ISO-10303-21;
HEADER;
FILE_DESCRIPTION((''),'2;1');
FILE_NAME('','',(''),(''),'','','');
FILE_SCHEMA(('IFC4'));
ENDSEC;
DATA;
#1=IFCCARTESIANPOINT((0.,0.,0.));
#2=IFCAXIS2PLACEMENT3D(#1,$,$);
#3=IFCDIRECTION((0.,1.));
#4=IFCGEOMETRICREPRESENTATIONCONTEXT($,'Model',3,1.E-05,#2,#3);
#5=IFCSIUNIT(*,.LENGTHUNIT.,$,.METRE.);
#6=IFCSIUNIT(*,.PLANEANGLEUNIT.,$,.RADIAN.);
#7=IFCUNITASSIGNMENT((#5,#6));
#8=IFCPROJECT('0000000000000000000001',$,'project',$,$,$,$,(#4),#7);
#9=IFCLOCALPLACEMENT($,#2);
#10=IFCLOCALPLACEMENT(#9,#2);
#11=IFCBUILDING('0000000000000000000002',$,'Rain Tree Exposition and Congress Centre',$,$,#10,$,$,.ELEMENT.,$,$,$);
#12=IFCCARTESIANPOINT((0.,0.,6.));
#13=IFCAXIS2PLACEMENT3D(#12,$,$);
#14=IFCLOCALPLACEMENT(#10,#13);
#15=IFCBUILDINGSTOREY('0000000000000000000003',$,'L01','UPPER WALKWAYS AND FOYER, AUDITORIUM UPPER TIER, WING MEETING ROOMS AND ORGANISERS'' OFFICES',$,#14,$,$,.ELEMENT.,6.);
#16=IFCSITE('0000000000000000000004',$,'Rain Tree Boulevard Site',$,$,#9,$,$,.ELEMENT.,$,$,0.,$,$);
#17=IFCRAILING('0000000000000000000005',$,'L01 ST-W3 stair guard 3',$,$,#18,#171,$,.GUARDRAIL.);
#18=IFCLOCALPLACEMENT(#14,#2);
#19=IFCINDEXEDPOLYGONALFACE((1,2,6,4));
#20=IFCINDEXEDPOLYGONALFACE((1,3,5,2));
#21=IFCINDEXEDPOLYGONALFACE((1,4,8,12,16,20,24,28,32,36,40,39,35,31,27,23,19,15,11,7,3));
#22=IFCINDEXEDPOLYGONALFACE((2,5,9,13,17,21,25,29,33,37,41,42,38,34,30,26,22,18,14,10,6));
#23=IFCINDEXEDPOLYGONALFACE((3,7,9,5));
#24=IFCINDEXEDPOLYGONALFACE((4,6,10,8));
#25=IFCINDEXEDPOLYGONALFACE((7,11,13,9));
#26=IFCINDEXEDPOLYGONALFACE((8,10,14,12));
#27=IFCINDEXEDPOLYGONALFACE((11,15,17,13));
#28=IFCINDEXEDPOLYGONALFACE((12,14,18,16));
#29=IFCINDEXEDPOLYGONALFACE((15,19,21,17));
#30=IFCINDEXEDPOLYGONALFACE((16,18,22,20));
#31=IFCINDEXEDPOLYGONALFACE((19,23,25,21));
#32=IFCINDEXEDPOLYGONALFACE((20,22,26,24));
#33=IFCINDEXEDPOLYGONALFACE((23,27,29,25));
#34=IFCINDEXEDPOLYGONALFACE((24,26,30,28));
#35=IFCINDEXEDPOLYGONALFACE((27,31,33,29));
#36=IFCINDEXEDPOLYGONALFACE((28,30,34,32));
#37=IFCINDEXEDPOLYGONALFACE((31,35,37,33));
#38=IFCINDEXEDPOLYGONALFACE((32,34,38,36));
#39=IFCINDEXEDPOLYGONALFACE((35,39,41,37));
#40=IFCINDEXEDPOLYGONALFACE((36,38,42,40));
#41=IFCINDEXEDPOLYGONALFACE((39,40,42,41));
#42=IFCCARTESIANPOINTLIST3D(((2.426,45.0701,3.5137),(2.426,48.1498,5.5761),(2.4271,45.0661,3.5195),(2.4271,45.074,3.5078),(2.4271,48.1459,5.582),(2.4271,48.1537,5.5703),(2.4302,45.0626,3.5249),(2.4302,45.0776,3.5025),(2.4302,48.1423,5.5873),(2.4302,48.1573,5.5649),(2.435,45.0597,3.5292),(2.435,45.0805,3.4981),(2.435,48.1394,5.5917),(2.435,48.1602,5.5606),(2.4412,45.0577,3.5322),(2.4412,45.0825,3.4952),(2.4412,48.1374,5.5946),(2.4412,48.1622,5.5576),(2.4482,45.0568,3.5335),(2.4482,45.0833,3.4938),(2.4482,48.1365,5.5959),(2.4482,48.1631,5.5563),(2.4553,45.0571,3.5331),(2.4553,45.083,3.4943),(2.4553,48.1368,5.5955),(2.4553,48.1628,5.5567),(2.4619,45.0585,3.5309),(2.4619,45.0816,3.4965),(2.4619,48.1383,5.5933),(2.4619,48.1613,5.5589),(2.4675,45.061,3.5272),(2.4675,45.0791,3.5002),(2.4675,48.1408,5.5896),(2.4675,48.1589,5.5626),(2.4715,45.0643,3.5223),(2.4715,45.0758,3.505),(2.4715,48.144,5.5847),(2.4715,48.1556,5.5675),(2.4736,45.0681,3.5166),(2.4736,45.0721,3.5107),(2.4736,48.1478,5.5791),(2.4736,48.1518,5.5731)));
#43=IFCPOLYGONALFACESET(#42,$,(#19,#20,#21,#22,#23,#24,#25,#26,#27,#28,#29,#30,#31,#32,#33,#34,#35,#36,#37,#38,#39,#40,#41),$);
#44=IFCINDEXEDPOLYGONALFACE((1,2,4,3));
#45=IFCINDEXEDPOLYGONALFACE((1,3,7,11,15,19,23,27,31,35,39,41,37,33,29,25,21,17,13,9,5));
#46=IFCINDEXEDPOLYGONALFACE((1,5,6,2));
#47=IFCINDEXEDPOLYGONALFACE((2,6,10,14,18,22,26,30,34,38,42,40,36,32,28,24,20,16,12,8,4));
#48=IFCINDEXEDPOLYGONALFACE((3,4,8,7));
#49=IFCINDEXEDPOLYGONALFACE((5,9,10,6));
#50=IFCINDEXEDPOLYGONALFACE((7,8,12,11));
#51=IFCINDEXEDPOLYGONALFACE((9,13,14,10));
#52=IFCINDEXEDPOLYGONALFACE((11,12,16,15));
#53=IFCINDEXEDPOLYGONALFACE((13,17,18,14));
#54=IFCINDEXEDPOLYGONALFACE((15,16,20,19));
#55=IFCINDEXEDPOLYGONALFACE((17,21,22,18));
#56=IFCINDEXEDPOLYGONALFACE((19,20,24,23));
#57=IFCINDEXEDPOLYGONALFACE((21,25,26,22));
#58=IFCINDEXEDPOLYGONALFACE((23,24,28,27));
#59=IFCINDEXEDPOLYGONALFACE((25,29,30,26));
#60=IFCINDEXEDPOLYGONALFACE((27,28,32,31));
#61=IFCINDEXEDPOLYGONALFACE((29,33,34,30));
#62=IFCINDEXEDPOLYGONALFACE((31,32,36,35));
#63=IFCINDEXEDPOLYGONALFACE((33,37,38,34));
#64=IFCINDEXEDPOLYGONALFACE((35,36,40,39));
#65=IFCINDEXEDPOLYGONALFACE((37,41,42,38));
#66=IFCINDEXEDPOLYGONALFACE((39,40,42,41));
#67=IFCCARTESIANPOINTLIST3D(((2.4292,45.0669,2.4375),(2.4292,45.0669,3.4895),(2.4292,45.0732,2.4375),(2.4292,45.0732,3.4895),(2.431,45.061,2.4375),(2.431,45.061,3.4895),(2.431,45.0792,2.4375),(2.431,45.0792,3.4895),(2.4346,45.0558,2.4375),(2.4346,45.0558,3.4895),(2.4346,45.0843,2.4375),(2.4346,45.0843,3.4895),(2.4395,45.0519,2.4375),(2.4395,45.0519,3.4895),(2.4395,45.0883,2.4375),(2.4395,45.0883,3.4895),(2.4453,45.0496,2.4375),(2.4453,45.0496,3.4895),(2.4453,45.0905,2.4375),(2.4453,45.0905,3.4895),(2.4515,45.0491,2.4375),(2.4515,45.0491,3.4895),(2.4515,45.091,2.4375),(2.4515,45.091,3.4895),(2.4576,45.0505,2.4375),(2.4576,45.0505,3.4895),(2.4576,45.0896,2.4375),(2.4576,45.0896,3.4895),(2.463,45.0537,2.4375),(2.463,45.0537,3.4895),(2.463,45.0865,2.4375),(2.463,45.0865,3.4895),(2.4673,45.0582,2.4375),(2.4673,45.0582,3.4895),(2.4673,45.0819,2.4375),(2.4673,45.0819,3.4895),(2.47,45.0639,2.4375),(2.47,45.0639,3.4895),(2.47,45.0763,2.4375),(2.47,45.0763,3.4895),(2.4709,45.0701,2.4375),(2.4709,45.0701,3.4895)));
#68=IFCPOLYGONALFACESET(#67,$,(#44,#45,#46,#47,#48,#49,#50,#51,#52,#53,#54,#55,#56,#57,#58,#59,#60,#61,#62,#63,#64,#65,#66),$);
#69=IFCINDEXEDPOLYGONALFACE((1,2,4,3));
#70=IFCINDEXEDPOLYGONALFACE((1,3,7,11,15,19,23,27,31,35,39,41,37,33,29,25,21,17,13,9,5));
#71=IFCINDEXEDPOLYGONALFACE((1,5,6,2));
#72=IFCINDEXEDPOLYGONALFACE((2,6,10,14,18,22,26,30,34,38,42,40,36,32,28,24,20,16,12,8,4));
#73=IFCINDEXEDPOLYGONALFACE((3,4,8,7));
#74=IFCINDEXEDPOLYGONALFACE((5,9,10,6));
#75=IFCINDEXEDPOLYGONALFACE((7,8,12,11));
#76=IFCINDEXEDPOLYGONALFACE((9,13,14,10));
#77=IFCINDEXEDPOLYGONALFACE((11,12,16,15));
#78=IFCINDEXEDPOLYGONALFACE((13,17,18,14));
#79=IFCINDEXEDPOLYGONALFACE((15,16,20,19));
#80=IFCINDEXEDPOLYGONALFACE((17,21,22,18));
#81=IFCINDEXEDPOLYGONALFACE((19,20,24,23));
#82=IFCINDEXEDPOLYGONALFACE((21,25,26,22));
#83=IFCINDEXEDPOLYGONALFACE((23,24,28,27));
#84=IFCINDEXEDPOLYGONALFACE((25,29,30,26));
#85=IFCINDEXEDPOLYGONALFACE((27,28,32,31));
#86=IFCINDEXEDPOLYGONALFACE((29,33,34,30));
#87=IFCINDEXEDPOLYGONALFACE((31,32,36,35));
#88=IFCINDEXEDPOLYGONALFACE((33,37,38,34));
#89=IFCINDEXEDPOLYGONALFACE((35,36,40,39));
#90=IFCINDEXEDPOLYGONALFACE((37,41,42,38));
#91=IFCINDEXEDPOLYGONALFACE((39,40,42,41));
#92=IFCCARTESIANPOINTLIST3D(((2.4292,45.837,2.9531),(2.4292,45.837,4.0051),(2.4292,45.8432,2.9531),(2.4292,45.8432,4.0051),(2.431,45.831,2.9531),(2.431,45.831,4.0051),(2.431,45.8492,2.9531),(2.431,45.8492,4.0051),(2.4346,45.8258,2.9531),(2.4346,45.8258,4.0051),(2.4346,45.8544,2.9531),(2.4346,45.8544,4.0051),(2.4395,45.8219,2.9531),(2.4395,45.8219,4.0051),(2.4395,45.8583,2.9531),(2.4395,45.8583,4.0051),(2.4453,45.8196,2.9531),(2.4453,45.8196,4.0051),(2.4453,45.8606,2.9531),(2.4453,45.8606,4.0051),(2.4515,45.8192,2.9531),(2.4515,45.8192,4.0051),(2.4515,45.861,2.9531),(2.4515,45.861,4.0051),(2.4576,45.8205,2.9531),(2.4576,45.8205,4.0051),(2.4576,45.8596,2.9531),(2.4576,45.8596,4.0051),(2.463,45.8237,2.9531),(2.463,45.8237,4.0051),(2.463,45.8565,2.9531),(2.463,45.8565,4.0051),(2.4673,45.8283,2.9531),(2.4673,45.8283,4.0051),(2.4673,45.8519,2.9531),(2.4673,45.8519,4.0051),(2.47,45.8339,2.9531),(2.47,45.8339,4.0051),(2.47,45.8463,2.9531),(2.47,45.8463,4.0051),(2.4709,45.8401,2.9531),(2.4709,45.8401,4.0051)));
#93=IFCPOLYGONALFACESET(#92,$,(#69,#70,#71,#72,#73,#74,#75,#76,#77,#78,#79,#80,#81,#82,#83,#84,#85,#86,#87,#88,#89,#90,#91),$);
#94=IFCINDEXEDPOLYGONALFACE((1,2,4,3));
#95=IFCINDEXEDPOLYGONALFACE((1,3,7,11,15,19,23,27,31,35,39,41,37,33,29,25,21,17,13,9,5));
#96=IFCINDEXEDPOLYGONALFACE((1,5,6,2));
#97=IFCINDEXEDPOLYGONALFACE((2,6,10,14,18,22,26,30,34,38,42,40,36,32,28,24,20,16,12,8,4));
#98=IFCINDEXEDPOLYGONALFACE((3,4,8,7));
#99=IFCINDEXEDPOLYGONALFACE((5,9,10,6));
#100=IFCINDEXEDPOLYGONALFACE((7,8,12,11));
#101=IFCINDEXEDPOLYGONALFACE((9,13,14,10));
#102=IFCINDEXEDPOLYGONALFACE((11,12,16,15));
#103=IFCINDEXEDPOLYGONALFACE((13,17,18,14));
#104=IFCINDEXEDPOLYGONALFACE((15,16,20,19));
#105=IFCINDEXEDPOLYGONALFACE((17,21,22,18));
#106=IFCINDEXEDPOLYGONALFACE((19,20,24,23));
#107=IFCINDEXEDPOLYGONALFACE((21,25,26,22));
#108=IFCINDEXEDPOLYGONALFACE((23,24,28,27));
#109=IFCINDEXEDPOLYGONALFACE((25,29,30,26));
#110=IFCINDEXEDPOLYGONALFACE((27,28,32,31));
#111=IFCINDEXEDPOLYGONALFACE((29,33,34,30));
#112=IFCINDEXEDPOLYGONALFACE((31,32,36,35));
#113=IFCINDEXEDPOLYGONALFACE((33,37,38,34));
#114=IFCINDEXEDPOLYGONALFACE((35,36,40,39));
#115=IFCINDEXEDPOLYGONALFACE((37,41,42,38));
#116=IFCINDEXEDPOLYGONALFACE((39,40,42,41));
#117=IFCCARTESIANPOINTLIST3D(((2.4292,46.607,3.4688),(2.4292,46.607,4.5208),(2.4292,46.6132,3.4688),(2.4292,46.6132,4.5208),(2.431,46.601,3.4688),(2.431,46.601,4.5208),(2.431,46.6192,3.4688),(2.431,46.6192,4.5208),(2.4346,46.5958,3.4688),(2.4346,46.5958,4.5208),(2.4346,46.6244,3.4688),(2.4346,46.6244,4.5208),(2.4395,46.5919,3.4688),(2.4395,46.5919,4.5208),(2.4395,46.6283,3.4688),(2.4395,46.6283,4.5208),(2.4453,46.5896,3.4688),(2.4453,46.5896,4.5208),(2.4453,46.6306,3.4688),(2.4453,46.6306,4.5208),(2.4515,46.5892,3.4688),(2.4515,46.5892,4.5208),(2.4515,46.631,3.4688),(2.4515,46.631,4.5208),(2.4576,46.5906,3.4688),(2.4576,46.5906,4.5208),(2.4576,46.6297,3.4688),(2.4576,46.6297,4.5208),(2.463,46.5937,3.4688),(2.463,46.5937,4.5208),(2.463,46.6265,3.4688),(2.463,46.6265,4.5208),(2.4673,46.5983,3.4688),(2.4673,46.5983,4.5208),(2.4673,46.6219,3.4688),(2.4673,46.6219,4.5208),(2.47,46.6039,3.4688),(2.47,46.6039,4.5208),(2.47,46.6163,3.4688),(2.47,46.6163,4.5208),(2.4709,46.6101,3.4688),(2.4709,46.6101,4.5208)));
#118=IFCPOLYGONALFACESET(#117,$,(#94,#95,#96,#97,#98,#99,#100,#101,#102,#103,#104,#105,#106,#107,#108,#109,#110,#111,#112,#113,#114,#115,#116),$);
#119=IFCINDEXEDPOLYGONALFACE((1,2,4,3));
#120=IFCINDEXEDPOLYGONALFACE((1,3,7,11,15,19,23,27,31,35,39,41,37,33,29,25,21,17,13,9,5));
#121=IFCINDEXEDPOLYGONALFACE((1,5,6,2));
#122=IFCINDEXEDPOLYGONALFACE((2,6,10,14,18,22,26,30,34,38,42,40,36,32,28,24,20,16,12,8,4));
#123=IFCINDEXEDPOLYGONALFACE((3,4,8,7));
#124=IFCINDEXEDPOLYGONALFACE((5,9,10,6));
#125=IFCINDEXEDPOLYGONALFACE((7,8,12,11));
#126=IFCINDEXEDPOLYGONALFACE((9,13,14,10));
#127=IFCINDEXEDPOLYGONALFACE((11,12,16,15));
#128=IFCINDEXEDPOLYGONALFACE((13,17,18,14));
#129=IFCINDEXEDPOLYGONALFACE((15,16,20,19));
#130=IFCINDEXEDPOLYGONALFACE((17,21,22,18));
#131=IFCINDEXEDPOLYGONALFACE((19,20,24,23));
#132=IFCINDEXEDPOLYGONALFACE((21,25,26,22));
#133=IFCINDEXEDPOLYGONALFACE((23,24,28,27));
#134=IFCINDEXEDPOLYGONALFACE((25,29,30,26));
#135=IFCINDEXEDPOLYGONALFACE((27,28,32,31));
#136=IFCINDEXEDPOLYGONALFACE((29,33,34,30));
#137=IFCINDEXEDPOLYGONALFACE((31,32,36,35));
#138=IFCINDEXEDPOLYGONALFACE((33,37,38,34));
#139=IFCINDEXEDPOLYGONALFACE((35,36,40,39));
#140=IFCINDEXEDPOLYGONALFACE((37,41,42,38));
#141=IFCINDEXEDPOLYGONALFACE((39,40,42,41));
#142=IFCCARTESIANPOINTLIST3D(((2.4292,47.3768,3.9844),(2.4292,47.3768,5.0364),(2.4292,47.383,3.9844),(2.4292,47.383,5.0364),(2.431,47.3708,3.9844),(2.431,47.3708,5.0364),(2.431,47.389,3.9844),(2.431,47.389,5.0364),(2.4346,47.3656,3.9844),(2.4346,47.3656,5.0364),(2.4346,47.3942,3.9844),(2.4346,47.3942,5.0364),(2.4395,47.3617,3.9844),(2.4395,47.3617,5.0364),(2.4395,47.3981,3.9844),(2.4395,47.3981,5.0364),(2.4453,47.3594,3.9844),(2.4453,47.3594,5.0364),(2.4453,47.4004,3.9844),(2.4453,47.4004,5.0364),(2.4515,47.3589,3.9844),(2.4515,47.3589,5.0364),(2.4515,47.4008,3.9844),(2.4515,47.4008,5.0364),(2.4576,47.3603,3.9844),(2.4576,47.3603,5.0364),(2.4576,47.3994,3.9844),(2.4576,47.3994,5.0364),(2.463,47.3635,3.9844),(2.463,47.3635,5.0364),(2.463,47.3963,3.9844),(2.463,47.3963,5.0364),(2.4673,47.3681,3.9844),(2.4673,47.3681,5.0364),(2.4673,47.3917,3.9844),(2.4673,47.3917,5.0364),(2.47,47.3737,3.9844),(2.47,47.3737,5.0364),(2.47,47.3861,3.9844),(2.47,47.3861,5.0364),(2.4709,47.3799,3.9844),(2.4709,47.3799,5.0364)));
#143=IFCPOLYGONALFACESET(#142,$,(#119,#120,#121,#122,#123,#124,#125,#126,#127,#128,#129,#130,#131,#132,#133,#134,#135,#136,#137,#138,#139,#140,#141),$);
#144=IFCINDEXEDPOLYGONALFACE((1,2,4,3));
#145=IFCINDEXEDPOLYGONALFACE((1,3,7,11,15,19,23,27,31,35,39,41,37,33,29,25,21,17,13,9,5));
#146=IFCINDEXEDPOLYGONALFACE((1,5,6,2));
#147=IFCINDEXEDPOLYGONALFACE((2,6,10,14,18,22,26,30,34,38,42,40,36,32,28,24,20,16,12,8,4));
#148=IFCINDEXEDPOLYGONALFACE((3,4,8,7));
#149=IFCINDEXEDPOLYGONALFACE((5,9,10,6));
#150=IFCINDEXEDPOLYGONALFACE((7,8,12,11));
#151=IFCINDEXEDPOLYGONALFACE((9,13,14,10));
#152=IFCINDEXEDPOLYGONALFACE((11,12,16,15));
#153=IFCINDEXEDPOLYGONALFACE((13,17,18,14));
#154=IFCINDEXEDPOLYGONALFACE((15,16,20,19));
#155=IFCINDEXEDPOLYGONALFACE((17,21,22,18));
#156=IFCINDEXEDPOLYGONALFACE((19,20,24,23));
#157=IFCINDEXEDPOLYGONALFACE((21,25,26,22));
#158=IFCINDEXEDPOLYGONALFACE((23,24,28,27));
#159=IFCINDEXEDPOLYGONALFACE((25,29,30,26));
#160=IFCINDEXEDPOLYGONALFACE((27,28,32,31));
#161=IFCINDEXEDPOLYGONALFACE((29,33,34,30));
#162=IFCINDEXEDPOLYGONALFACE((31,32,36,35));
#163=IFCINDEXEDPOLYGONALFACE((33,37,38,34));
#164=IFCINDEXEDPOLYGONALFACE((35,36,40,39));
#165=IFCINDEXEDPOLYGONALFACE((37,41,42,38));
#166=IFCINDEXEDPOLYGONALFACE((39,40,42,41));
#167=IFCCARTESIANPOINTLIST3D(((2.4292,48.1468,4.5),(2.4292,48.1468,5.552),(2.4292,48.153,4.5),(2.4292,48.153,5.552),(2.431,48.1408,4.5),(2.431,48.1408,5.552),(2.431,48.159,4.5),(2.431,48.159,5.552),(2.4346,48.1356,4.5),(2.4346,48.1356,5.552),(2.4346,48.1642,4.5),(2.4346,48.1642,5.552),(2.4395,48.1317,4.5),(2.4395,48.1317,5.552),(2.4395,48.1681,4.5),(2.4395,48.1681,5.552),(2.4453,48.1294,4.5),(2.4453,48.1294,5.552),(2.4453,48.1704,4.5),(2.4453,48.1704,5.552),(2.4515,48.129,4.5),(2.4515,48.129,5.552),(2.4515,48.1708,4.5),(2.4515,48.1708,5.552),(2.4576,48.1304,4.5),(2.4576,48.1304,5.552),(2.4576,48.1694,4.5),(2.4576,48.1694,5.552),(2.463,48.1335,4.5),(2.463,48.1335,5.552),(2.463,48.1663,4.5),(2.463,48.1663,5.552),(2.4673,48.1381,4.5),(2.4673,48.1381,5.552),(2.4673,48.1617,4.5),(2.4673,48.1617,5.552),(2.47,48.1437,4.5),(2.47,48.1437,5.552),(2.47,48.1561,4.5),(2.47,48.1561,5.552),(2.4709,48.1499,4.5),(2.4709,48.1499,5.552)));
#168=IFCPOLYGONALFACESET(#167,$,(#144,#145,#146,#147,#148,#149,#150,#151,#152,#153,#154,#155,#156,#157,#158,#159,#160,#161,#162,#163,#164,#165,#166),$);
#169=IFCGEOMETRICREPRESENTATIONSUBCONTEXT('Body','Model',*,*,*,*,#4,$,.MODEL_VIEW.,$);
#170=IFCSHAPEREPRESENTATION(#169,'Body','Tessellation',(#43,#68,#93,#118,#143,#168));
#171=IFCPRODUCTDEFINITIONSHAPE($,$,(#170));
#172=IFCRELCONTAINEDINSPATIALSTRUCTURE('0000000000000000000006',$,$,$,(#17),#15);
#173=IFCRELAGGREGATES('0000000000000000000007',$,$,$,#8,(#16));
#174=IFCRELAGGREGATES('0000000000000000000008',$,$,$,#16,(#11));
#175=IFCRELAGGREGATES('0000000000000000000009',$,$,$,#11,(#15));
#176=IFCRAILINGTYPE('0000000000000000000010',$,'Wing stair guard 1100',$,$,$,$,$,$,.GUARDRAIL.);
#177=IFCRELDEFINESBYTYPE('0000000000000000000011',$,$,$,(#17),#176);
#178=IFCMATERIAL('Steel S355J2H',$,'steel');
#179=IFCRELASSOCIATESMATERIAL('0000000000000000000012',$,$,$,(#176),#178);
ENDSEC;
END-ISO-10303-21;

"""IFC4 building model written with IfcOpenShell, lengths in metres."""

from ifc_helpers import new_model, si_unit, direction, frame, origin, origin_2d, place, context, subcontext, project, spatial, circle, extrude, material, type_object, element, save


model = new_model("IFC4")

# Units and contexts
model_context = context("Model", 3, precision=1e-05, world=origin(), true_north=direction((0.0, 1.0)))
body_context = subcontext(model_context, "Body", "Model", "MODEL_VIEW")
ifc_project = project(units=[si_unit("LENGTHUNIT", "METRE"), si_unit("PLANEANGLEUNIT", "RADIAN")], contexts=[model_context])

# Site, building, storey
site_placement = place(None, origin())
site = spatial("IfcSite", under=ifc_project, at=site_placement, Name="Rain Tree Boulevard Site", CompositionType="ELEMENT", RefElevation=0.0)
building_placement = place(site_placement, origin())
building = spatial("IfcBuilding", under=site, at=building_placement, Name="Rain Tree Exposition and Congress Centre", CompositionType="ELEMENT")
storey_placement = place(building_placement, frame((0.0, 0.0, 6.0)))
storey = spatial("IfcBuildingStorey", under=building, at=storey_placement, Name="L01", Description="UPPER WALKWAYS AND FOYER, AUDITORIUM UPPER TIER, WING MEETING ROOMS AND ORGANISERS' OFFICES", CompositionType="ELEMENT", Elevation=6.0)

# Railing
ifc_material_1 = material(Name="Steel S355J2H", Category="steel")
railing_type_1 = type_object("IfcRailingType", Name="Wing stair guard 1100", PredefinedType="GUARDRAIL", material=ifc_material_1)
railing_1_placement = place(storey_placement, frame((2.45, 45.0701, 2.4375)))
element("IfcRailing", 1, at=railing_1_placement, inside=storey, type_object=railing_type_1, Name="L01 ST-W3 stair guard 3", PredefinedType="GUARDRAIL", context=body_context, shape_type="SweptSolid", body=[
    extrude(circle(Radius=0.0239, at=origin_2d()), frame((0.0, 0.0, 1.0762), z_axis=(0.0, 0.830893, 0.556432), x_axis=(-1.0, 0.0, 0.0)), (0.0, 0.0, 1.0), 3.7065),
    extrude(circle(Radius=0.021, at=origin_2d()), origin(), (0.0, 0.0, 1.0), 1.052),
    extrude(circle(Radius=0.021, at=origin_2d()), frame((0.0, 0.77, 0.5156)), (0.0, 0.0, 1.0), 1.052),
    extrude(circle(Radius=0.021, at=origin_2d()), frame((0.0, 1.54, 1.0312)), (0.0, 0.0, 1.0), 1.052),
    extrude(circle(Radius=0.021, at=origin_2d()), frame((0.0, 2.3098, 1.5469)), (0.0, 0.0, 1.0), 1.052),
    extrude(circle(Radius=0.021, at=origin_2d()), frame((0.0, 3.0798, 2.0625)), (0.0, 0.0, 1.0), 1.052),
])

save(model, "model.ifc")
